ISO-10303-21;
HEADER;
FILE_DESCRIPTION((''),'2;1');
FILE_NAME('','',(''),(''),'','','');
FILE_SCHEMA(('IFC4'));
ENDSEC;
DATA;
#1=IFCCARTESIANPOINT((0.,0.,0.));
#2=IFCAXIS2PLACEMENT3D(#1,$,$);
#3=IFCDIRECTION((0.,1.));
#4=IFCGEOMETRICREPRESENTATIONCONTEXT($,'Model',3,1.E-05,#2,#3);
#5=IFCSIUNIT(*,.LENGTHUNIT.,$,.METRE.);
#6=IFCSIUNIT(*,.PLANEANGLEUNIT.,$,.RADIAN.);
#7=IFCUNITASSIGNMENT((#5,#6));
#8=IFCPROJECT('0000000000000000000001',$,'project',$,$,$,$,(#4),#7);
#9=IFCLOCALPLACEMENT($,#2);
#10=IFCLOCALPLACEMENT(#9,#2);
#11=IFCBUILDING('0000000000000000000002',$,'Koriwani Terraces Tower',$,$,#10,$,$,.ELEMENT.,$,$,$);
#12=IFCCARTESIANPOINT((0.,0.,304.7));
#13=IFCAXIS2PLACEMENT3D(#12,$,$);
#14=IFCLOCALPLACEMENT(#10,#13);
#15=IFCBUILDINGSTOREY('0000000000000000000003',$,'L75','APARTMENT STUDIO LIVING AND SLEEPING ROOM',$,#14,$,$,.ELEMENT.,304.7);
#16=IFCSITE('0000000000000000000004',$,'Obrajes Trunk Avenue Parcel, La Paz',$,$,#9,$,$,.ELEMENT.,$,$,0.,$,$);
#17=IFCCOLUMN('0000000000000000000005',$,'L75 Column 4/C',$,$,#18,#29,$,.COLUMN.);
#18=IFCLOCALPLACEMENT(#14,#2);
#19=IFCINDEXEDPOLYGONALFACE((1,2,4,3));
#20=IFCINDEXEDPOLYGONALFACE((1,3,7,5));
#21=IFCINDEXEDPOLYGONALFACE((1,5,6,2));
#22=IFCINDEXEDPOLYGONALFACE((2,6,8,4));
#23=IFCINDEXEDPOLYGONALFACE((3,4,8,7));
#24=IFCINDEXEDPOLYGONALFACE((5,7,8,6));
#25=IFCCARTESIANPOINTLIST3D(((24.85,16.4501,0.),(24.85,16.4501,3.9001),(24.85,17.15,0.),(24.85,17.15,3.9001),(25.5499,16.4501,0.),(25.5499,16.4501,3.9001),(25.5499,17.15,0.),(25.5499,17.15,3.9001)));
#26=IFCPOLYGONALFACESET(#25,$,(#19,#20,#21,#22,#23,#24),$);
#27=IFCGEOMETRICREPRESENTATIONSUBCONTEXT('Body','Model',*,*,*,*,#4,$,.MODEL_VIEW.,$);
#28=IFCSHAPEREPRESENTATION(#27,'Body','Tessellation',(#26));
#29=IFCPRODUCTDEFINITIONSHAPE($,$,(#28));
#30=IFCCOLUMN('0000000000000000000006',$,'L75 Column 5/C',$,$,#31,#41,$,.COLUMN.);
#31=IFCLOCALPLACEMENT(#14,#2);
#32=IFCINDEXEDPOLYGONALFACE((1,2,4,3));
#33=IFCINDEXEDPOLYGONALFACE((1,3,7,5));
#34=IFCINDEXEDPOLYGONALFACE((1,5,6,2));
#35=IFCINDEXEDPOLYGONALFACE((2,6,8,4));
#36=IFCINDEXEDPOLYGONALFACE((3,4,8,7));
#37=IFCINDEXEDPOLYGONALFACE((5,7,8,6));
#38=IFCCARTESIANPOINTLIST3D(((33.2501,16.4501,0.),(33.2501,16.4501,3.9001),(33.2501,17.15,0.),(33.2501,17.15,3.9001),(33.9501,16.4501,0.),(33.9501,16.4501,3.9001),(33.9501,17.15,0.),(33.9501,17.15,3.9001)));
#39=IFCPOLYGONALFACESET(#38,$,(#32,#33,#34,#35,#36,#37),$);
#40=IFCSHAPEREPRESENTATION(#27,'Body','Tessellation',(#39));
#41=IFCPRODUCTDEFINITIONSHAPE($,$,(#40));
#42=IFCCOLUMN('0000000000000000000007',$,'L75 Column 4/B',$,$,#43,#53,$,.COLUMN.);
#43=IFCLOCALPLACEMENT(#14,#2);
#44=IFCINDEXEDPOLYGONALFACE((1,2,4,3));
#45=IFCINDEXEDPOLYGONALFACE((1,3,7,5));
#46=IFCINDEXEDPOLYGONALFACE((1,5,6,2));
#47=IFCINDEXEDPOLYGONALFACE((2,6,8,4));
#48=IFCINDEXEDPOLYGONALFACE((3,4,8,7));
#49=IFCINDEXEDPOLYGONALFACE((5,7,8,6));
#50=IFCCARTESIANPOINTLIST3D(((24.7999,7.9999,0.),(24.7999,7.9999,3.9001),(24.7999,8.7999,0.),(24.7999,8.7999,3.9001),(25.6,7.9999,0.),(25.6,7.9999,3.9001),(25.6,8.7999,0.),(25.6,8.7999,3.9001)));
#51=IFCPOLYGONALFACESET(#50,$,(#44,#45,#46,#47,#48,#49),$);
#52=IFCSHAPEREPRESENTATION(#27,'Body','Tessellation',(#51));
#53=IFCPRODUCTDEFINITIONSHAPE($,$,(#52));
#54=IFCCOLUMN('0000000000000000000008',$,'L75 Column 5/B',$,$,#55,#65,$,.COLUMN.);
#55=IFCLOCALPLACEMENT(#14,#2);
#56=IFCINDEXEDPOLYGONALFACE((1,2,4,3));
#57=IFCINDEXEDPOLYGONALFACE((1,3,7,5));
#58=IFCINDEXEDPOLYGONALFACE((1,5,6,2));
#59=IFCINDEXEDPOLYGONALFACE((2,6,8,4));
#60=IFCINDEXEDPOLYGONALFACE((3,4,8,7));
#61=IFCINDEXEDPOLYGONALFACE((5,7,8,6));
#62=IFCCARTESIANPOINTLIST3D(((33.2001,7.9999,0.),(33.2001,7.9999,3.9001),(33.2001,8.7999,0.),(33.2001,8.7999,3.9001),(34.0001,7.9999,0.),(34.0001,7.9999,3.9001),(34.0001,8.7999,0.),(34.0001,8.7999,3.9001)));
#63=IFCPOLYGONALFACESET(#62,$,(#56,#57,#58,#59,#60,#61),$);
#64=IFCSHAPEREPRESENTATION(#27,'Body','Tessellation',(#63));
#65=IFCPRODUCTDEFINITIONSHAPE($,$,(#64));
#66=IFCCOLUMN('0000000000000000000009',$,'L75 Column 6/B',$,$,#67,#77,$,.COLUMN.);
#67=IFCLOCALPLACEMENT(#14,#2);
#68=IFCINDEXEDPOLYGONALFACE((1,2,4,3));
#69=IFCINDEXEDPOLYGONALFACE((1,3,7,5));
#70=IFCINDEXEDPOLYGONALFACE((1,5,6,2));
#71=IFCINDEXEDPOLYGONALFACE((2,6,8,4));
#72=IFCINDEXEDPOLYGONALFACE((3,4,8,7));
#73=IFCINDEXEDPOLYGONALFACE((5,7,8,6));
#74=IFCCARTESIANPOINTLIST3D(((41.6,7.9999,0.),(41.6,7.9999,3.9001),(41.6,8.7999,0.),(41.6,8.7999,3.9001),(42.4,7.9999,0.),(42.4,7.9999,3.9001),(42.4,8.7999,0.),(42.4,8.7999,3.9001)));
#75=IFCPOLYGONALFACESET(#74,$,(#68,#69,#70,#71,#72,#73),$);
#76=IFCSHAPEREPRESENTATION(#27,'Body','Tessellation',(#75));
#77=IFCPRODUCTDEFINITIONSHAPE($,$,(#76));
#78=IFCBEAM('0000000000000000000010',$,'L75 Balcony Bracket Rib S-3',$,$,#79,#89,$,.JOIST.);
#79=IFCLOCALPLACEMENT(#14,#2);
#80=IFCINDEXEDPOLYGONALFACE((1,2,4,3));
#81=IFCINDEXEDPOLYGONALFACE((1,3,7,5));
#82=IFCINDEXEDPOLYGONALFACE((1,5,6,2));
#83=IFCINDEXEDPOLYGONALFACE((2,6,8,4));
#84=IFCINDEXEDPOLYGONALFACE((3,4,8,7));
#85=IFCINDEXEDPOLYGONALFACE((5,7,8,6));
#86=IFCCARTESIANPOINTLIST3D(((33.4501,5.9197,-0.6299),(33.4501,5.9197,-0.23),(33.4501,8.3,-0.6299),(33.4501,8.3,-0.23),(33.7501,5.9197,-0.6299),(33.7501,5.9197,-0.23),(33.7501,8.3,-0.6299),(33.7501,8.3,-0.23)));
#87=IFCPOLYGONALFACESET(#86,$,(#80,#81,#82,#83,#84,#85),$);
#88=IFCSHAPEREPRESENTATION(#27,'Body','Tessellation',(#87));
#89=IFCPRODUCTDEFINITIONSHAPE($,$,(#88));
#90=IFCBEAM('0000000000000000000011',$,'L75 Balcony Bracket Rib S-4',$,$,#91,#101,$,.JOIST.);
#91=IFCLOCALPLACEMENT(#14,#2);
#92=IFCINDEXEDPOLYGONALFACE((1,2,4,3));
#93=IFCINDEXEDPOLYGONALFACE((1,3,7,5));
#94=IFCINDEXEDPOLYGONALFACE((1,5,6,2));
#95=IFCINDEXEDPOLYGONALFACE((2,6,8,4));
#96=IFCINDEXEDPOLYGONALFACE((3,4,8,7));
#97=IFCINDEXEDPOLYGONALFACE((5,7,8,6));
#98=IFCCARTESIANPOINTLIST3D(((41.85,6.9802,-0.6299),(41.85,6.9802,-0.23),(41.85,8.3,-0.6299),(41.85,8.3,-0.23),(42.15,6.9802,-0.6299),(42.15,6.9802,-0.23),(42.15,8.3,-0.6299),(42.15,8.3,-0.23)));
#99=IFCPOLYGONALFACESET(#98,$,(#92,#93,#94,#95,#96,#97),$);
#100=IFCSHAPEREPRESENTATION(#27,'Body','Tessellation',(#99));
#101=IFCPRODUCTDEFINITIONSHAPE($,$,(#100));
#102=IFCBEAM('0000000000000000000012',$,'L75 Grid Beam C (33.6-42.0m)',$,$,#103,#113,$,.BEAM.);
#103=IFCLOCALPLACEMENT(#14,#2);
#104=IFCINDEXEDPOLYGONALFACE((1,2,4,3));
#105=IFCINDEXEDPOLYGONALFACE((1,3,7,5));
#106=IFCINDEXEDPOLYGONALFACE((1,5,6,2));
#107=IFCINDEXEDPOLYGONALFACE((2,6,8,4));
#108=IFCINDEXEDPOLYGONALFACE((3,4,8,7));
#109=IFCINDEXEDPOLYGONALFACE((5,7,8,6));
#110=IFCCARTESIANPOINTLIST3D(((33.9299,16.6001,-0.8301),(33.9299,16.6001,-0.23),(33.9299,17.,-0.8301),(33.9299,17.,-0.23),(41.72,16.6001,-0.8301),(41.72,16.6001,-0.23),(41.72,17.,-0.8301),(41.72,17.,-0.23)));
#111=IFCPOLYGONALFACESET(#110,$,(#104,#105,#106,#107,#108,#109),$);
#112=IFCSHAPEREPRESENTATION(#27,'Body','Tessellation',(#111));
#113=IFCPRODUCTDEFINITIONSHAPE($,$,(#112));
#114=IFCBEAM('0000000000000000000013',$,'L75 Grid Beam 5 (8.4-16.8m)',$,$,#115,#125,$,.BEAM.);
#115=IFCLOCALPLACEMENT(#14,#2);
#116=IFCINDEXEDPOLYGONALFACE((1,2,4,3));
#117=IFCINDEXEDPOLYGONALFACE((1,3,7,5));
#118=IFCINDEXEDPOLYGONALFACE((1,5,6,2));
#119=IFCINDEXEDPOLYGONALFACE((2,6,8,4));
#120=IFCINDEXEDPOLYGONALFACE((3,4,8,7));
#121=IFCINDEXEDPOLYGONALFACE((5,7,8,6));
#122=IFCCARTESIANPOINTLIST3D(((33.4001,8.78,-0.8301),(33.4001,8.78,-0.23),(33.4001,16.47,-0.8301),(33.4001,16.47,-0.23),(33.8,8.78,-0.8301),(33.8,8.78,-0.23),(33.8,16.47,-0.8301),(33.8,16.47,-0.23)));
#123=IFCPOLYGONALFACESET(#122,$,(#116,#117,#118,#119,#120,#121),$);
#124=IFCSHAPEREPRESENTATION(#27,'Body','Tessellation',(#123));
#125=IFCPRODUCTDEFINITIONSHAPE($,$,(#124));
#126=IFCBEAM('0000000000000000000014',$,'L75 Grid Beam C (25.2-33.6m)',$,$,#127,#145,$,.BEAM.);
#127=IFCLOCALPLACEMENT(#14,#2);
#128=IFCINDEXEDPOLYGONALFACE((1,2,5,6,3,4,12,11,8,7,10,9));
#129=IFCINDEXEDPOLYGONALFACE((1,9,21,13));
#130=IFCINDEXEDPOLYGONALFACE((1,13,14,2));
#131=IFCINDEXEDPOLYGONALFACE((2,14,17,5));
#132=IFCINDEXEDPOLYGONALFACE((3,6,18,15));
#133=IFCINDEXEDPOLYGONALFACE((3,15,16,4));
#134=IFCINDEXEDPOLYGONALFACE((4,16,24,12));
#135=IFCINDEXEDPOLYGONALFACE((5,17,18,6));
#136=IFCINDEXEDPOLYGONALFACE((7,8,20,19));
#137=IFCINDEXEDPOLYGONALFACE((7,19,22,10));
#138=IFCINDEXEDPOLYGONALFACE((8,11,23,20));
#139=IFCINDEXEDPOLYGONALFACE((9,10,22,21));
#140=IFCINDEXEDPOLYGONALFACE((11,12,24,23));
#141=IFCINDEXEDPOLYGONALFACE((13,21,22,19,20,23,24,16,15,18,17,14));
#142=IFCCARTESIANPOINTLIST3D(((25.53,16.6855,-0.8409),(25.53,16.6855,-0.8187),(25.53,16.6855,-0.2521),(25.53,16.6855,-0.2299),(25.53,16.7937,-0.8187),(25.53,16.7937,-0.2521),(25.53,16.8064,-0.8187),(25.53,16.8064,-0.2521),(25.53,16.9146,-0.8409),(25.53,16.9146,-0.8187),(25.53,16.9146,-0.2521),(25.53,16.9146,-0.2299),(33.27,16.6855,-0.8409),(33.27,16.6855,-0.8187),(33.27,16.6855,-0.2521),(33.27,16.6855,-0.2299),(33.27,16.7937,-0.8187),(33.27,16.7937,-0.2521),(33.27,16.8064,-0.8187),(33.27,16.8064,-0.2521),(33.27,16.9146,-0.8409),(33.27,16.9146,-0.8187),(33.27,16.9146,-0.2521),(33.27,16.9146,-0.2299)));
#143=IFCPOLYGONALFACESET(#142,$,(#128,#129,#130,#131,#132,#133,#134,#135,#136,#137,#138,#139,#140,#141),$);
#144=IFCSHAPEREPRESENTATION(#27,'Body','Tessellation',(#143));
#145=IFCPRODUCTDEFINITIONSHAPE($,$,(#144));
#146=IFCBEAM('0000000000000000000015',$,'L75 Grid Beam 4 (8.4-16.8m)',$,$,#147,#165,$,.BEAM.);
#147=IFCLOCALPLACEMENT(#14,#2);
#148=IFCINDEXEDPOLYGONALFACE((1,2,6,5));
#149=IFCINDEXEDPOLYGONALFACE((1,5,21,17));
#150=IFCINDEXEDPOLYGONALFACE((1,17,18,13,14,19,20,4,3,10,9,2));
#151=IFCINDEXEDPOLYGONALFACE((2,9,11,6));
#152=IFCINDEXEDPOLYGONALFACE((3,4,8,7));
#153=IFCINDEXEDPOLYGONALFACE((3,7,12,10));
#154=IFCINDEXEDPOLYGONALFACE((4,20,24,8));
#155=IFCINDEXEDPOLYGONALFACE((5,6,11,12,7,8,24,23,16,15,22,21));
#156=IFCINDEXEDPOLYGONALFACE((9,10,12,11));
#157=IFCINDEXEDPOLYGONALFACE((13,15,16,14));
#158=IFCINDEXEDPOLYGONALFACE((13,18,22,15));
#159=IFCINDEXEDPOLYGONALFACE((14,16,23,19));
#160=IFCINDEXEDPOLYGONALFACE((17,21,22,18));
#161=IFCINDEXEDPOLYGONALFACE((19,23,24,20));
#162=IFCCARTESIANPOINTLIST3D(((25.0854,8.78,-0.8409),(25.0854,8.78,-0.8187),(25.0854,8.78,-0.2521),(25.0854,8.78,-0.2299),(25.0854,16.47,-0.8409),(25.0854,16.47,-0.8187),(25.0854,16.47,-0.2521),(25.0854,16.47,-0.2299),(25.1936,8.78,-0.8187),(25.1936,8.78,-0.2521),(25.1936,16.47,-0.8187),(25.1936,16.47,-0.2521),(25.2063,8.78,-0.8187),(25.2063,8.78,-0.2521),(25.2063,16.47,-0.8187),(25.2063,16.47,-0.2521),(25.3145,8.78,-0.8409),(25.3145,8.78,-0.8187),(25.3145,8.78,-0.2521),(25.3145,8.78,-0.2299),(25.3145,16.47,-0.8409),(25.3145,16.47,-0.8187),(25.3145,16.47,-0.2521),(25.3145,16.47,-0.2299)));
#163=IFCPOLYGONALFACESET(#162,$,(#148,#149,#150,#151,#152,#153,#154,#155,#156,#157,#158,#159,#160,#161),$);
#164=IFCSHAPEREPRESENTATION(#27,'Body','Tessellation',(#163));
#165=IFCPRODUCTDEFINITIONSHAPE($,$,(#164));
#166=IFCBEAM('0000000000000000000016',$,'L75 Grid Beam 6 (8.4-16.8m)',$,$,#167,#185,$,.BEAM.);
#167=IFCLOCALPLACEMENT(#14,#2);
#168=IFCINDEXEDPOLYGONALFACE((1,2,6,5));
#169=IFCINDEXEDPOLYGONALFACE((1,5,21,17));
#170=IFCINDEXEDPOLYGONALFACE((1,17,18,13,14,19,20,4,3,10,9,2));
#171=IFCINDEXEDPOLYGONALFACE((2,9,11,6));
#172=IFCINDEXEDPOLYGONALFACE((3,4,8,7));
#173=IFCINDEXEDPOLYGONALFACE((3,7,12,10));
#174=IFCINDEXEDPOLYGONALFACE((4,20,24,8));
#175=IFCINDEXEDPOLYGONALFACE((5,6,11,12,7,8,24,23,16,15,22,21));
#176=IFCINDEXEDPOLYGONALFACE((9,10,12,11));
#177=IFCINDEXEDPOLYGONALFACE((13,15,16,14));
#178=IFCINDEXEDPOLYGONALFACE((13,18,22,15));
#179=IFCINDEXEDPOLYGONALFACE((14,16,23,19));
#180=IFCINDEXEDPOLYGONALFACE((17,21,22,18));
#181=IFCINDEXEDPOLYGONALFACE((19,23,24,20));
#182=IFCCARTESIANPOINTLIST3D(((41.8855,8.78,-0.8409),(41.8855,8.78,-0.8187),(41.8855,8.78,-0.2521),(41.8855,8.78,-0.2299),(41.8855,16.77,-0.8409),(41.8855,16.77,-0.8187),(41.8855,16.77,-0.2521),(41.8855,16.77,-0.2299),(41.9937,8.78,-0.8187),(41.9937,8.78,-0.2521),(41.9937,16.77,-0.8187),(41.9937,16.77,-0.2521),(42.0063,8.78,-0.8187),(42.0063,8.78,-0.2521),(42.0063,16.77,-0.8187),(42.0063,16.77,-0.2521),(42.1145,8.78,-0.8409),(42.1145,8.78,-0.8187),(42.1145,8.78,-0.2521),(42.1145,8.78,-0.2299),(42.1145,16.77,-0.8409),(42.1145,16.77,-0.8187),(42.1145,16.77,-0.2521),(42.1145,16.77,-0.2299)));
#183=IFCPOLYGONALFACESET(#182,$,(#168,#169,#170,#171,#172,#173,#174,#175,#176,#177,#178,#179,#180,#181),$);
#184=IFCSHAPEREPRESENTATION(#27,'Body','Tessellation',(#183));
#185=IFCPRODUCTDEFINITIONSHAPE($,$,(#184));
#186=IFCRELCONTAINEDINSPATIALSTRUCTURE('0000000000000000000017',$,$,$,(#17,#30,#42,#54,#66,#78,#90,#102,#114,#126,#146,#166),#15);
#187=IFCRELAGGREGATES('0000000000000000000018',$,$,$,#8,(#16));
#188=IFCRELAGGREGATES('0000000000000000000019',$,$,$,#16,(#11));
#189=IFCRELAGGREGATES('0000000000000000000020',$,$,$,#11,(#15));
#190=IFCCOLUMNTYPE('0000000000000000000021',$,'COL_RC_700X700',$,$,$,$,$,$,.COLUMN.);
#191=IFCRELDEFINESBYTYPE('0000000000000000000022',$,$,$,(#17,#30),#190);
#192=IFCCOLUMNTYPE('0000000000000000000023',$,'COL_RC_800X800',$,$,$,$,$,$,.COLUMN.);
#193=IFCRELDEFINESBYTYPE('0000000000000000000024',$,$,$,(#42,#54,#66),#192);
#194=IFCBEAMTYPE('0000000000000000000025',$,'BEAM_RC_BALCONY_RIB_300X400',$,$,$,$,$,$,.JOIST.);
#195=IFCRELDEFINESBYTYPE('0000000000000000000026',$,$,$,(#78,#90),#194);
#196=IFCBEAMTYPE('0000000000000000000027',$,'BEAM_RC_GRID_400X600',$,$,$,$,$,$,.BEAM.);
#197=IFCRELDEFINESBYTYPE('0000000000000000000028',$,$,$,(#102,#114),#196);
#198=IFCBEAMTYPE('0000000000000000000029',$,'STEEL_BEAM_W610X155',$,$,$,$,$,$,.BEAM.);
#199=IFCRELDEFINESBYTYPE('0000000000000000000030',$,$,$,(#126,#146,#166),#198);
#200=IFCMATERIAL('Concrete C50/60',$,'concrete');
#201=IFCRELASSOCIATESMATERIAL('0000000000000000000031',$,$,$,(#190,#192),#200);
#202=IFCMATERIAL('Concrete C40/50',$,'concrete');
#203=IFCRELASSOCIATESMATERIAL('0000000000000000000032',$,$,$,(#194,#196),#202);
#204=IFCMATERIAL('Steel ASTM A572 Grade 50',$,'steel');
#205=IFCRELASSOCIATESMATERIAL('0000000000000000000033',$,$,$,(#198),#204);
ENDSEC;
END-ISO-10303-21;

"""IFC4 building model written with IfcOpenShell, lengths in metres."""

from ifc_helpers import new_model, si_unit, direction, frame, origin, origin_2d, place, context, subcontext, project, spatial, rectangle, i_section, extrude, material, material_profile, profile_set, type_object, element, save


model = new_model("IFC4")

# Units and contexts
model_context = context("Model", 3, precision=1e-05, world=origin(), true_north=direction((0.0, 1.0)))
body_context = subcontext(model_context, "Body", "Model", "MODEL_VIEW")
ifc_project = project(units=[si_unit("LENGTHUNIT", "METRE"), si_unit("PLANEANGLEUNIT", "RADIAN")], contexts=[model_context])

# Site, building, storey
site_placement = place(None, origin())
site = spatial("IfcSite", under=ifc_project, at=site_placement, Name="Obrajes Trunk Avenue Parcel, La Paz", CompositionType="ELEMENT", RefElevation=0.0)
building_placement = place(site_placement, origin())
building = spatial("IfcBuilding", under=site, at=building_placement, Name="Koriwani Terraces Tower", CompositionType="ELEMENT")
storey_placement = place(building_placement, frame((0.0, 0.0, 304.7)))
storey = spatial("IfcBuildingStorey", under=building, at=storey_placement, Name="L75", Description="APARTMENT STUDIO LIVING AND SLEEPING ROOM", CompositionType="ELEMENT", Elevation=304.7)

# Columns
ifc_material_1 = material(Name="Concrete C50/60", Category="concrete")
ifc_material_profile_1 = material_profile(ifc_material_1, rectangle(XDim=0.7, YDim=0.7, at=origin_2d()), Name="Concrete C50/60", Category="LoadBearing")
ifc_profile_set_1 = profile_set([ifc_material_profile_1], Name="Concrete C50/60")
column_type_1 = type_object("IfcColumnType", Name="COL_RC_700X700", PredefinedType="COLUMN", material=ifc_profile_set_1)
for number, where, z_axis, x_axis, name in (
    (1, (25.2, 16.8, 0.0), (0.0, 0.0, 1.0), (1.0, 0.0, 0.0), "L75 Column 4/C"),
    (2, (33.6001, 16.8, 0.0), (0.0, 0.0, 1.0), (1.0, 0.0, 0.0), "L75 Column 5/C"),
):
    element("IfcColumn", number, at=place(storey_placement, frame(where, z_axis=z_axis, x_axis=x_axis)), inside=storey, type_object=column_type_1, Name=name, PredefinedType="COLUMN", context=body_context, shape_type="SweptSolid", body=[
        extrude(rectangle(XDim=0.7, YDim=0.7, at=origin_2d()), origin(), (0.0, 0.0, 1.0), 3.9001),
    ])
ifc_material_profile_2 = material_profile(ifc_material_1, rectangle(XDim=0.8, YDim=0.8, at=origin_2d()), Name="Concrete C50/60", Category="LoadBearing")
ifc_profile_set_2 = profile_set([ifc_material_profile_2], Name="Concrete C50/60")
column_type_2 = type_object("IfcColumnType", Name="COL_RC_800X800", PredefinedType="COLUMN", material=ifc_profile_set_2)
for number, where, z_axis, x_axis, name in (
    (3, (25.2, 8.3999, 0.0), (0.0, 0.0, 1.0), (1.0, 0.0, 0.0), "L75 Column 4/B"),
    (4, (33.6001, 8.3999, 0.0), (0.0, 0.0, 1.0), (1.0, 0.0, 0.0), "L75 Column 5/B"),
    (5, (42.0, 8.3999, 0.0), (0.0, 0.0, 1.0), (1.0, 0.0, 0.0), "L75 Column 6/B"),
):
    element("IfcColumn", number, at=place(storey_placement, frame(where, z_axis=z_axis, x_axis=x_axis)), inside=storey, type_object=column_type_2, Name=name, PredefinedType="COLUMN", context=body_context, shape_type="SweptSolid", body=[
        extrude(rectangle(XDim=0.8, YDim=0.8, at=origin_2d()), origin(), (0.0, 0.0, 1.0), 3.9001),
    ])

# Beams
ifc_material_2 = material(Name="Concrete C40/50", Category="concrete")
ifc_material_profile_3 = material_profile(ifc_material_2, rectangle(XDim=0.3, YDim=0.3999, at=origin_2d()), Name="Concrete C40/50", Category="LoadBearing")
ifc_profile_set_3 = profile_set([ifc_material_profile_3], Name="Concrete C40/50")
beam_type_1 = type_object("IfcBeamType", Name="BEAM_RC_BALCONY_RIB_300X400", PredefinedType="JOIST", material=ifc_profile_set_3)
beam_1_placement = place(storey_placement, frame((33.6001, 5.9197, -0.4299), z_axis=(0.0, 1.0, 0.0), x_axis=(-1.0, 0.0, 0.0)))
element("IfcBeam", 6, at=beam_1_placement, inside=storey, type_object=beam_type_1, Name="L75 Balcony Bracket Rib S-3", PredefinedType="JOIST", context=body_context, shape_type="SweptSolid", body=[
    extrude(rectangle(XDim=0.3, YDim=0.3999, at=origin_2d()), origin(), (0.0, 0.0, 1.0), 2.3804),
])
beam_2_placement = place(storey_placement, frame((42.0, 6.9802, -0.4299), z_axis=(0.0, 1.0, 0.0), x_axis=(-1.0, 0.0, 0.0)))
element("IfcBeam", 7, at=beam_2_placement, inside=storey, type_object=beam_type_1, Name="L75 Balcony Bracket Rib S-4", PredefinedType="JOIST", context=body_context, shape_type="SweptSolid", body=[
    extrude(rectangle(XDim=0.3, YDim=0.3999, at=origin_2d()), origin(), (0.0, 0.0, 1.0), 1.3198),
])
ifc_material_profile_4 = material_profile(ifc_material_2, rectangle(XDim=0.3999, YDim=0.6001, at=origin_2d()), Name="Concrete C40/50", Category="LoadBearing")
ifc_profile_set_4 = profile_set([ifc_material_profile_4], Name="Concrete C40/50")
beam_type_2 = type_object("IfcBeamType", Name="BEAM_RC_GRID_400X600", PredefinedType="BEAM", material=ifc_profile_set_4)
beam_3_placement = place(storey_placement, frame((33.9299, 16.8, -0.53), z_axis=(1.0, 0.0, 0.0), x_axis=(0.0, 1.0, 0.0)))
element("IfcBeam", 8, at=beam_3_placement, inside=storey, type_object=beam_type_2, Name="L75 Grid Beam C (33.6-42.0m)", PredefinedType="BEAM", context=body_context, shape_type="SweptSolid", body=[
    extrude(rectangle(XDim=0.3999, YDim=0.6001, at=origin_2d()), origin(), (0.0, 0.0, 1.0), 7.79),
])
beam_4_placement = place(storey_placement, frame((33.6001, 8.78, -0.53), z_axis=(0.0, 1.0, 0.0), x_axis=(-1.0, 0.0, 0.0)))
element("IfcBeam", 9, at=beam_4_placement, inside=storey, type_object=beam_type_2, Name="L75 Grid Beam 5 (8.4-16.8m)", PredefinedType="BEAM", context=body_context, shape_type="SweptSolid", body=[
    extrude(rectangle(XDim=0.3999, YDim=0.6001, at=origin_2d()), origin(), (0.0, 0.0, 1.0), 7.6899),
])
ifc_material_3 = material(Name="Steel ASTM A572 Grade 50", Category="steel")
ifc_material_profile_5 = material_profile(ifc_material_3, i_section(OverallWidth=0.229, OverallDepth=0.6111, WebThickness=0.0127, FlangeThickness=0.0222, at=origin_2d()), Name="Steel ASTM A572 Grade 50", Category="LoadBearing")
ifc_profile_set_5 = profile_set([ifc_material_profile_5], Name="Steel ASTM A572 Grade 50")
beam_type_3 = type_object("IfcBeamType", Name="STEEL_BEAM_W610X155", PredefinedType="BEAM", material=ifc_profile_set_5)
beam_5_placement = place(storey_placement, frame((25.53, 16.8, -0.5354), z_axis=(1.0, 0.0, 0.0), x_axis=(0.0, 1.0, 0.0)))
element("IfcBeam", 10, at=beam_5_placement, inside=storey, type_object=beam_type_3, Name="L75 Grid Beam C (25.2-33.6m)", PredefinedType="BEAM", context=body_context, shape_type="SweptSolid", body=[
    extrude(i_section(OverallWidth=0.229, OverallDepth=0.6111, WebThickness=0.0127, FlangeThickness=0.0222, at=origin_2d()), origin(), (0.0, 0.0, 1.0), 7.74),
])
beam_6_placement = place(storey_placement, frame((25.2, 8.78, -0.5354), z_axis=(0.0, 1.0, 0.0), x_axis=(-1.0, 0.0, 0.0)))
element("IfcBeam", 11, at=beam_6_placement, inside=storey, type_object=beam_type_3, Name="L75 Grid Beam 4 (8.4-16.8m)", PredefinedType="BEAM", context=body_context, shape_type="SweptSolid", body=[
    extrude(i_section(OverallWidth=0.229, OverallDepth=0.6111, WebThickness=0.0127, FlangeThickness=0.0222, at=origin_2d()), origin(), (0.0, 0.0, 1.0), 7.6899),
])
beam_7_placement = place(storey_placement, frame((42.0, 8.78, -0.5354), z_axis=(0.0, 1.0, 0.0), x_axis=(-1.0, 0.0, 0.0)))
element("IfcBeam", 12, at=beam_7_placement, inside=storey, type_object=beam_type_3, Name="L75 Grid Beam 6 (8.4-16.8m)", PredefinedType="BEAM", context=body_context, shape_type="SweptSolid", body=[
    extrude(i_section(OverallWidth=0.229, OverallDepth=0.6111, WebThickness=0.0127, FlangeThickness=0.0222, at=origin_2d()), origin(), (0.0, 0.0, 1.0), 7.99),
])

save(model, "model.ifc")
